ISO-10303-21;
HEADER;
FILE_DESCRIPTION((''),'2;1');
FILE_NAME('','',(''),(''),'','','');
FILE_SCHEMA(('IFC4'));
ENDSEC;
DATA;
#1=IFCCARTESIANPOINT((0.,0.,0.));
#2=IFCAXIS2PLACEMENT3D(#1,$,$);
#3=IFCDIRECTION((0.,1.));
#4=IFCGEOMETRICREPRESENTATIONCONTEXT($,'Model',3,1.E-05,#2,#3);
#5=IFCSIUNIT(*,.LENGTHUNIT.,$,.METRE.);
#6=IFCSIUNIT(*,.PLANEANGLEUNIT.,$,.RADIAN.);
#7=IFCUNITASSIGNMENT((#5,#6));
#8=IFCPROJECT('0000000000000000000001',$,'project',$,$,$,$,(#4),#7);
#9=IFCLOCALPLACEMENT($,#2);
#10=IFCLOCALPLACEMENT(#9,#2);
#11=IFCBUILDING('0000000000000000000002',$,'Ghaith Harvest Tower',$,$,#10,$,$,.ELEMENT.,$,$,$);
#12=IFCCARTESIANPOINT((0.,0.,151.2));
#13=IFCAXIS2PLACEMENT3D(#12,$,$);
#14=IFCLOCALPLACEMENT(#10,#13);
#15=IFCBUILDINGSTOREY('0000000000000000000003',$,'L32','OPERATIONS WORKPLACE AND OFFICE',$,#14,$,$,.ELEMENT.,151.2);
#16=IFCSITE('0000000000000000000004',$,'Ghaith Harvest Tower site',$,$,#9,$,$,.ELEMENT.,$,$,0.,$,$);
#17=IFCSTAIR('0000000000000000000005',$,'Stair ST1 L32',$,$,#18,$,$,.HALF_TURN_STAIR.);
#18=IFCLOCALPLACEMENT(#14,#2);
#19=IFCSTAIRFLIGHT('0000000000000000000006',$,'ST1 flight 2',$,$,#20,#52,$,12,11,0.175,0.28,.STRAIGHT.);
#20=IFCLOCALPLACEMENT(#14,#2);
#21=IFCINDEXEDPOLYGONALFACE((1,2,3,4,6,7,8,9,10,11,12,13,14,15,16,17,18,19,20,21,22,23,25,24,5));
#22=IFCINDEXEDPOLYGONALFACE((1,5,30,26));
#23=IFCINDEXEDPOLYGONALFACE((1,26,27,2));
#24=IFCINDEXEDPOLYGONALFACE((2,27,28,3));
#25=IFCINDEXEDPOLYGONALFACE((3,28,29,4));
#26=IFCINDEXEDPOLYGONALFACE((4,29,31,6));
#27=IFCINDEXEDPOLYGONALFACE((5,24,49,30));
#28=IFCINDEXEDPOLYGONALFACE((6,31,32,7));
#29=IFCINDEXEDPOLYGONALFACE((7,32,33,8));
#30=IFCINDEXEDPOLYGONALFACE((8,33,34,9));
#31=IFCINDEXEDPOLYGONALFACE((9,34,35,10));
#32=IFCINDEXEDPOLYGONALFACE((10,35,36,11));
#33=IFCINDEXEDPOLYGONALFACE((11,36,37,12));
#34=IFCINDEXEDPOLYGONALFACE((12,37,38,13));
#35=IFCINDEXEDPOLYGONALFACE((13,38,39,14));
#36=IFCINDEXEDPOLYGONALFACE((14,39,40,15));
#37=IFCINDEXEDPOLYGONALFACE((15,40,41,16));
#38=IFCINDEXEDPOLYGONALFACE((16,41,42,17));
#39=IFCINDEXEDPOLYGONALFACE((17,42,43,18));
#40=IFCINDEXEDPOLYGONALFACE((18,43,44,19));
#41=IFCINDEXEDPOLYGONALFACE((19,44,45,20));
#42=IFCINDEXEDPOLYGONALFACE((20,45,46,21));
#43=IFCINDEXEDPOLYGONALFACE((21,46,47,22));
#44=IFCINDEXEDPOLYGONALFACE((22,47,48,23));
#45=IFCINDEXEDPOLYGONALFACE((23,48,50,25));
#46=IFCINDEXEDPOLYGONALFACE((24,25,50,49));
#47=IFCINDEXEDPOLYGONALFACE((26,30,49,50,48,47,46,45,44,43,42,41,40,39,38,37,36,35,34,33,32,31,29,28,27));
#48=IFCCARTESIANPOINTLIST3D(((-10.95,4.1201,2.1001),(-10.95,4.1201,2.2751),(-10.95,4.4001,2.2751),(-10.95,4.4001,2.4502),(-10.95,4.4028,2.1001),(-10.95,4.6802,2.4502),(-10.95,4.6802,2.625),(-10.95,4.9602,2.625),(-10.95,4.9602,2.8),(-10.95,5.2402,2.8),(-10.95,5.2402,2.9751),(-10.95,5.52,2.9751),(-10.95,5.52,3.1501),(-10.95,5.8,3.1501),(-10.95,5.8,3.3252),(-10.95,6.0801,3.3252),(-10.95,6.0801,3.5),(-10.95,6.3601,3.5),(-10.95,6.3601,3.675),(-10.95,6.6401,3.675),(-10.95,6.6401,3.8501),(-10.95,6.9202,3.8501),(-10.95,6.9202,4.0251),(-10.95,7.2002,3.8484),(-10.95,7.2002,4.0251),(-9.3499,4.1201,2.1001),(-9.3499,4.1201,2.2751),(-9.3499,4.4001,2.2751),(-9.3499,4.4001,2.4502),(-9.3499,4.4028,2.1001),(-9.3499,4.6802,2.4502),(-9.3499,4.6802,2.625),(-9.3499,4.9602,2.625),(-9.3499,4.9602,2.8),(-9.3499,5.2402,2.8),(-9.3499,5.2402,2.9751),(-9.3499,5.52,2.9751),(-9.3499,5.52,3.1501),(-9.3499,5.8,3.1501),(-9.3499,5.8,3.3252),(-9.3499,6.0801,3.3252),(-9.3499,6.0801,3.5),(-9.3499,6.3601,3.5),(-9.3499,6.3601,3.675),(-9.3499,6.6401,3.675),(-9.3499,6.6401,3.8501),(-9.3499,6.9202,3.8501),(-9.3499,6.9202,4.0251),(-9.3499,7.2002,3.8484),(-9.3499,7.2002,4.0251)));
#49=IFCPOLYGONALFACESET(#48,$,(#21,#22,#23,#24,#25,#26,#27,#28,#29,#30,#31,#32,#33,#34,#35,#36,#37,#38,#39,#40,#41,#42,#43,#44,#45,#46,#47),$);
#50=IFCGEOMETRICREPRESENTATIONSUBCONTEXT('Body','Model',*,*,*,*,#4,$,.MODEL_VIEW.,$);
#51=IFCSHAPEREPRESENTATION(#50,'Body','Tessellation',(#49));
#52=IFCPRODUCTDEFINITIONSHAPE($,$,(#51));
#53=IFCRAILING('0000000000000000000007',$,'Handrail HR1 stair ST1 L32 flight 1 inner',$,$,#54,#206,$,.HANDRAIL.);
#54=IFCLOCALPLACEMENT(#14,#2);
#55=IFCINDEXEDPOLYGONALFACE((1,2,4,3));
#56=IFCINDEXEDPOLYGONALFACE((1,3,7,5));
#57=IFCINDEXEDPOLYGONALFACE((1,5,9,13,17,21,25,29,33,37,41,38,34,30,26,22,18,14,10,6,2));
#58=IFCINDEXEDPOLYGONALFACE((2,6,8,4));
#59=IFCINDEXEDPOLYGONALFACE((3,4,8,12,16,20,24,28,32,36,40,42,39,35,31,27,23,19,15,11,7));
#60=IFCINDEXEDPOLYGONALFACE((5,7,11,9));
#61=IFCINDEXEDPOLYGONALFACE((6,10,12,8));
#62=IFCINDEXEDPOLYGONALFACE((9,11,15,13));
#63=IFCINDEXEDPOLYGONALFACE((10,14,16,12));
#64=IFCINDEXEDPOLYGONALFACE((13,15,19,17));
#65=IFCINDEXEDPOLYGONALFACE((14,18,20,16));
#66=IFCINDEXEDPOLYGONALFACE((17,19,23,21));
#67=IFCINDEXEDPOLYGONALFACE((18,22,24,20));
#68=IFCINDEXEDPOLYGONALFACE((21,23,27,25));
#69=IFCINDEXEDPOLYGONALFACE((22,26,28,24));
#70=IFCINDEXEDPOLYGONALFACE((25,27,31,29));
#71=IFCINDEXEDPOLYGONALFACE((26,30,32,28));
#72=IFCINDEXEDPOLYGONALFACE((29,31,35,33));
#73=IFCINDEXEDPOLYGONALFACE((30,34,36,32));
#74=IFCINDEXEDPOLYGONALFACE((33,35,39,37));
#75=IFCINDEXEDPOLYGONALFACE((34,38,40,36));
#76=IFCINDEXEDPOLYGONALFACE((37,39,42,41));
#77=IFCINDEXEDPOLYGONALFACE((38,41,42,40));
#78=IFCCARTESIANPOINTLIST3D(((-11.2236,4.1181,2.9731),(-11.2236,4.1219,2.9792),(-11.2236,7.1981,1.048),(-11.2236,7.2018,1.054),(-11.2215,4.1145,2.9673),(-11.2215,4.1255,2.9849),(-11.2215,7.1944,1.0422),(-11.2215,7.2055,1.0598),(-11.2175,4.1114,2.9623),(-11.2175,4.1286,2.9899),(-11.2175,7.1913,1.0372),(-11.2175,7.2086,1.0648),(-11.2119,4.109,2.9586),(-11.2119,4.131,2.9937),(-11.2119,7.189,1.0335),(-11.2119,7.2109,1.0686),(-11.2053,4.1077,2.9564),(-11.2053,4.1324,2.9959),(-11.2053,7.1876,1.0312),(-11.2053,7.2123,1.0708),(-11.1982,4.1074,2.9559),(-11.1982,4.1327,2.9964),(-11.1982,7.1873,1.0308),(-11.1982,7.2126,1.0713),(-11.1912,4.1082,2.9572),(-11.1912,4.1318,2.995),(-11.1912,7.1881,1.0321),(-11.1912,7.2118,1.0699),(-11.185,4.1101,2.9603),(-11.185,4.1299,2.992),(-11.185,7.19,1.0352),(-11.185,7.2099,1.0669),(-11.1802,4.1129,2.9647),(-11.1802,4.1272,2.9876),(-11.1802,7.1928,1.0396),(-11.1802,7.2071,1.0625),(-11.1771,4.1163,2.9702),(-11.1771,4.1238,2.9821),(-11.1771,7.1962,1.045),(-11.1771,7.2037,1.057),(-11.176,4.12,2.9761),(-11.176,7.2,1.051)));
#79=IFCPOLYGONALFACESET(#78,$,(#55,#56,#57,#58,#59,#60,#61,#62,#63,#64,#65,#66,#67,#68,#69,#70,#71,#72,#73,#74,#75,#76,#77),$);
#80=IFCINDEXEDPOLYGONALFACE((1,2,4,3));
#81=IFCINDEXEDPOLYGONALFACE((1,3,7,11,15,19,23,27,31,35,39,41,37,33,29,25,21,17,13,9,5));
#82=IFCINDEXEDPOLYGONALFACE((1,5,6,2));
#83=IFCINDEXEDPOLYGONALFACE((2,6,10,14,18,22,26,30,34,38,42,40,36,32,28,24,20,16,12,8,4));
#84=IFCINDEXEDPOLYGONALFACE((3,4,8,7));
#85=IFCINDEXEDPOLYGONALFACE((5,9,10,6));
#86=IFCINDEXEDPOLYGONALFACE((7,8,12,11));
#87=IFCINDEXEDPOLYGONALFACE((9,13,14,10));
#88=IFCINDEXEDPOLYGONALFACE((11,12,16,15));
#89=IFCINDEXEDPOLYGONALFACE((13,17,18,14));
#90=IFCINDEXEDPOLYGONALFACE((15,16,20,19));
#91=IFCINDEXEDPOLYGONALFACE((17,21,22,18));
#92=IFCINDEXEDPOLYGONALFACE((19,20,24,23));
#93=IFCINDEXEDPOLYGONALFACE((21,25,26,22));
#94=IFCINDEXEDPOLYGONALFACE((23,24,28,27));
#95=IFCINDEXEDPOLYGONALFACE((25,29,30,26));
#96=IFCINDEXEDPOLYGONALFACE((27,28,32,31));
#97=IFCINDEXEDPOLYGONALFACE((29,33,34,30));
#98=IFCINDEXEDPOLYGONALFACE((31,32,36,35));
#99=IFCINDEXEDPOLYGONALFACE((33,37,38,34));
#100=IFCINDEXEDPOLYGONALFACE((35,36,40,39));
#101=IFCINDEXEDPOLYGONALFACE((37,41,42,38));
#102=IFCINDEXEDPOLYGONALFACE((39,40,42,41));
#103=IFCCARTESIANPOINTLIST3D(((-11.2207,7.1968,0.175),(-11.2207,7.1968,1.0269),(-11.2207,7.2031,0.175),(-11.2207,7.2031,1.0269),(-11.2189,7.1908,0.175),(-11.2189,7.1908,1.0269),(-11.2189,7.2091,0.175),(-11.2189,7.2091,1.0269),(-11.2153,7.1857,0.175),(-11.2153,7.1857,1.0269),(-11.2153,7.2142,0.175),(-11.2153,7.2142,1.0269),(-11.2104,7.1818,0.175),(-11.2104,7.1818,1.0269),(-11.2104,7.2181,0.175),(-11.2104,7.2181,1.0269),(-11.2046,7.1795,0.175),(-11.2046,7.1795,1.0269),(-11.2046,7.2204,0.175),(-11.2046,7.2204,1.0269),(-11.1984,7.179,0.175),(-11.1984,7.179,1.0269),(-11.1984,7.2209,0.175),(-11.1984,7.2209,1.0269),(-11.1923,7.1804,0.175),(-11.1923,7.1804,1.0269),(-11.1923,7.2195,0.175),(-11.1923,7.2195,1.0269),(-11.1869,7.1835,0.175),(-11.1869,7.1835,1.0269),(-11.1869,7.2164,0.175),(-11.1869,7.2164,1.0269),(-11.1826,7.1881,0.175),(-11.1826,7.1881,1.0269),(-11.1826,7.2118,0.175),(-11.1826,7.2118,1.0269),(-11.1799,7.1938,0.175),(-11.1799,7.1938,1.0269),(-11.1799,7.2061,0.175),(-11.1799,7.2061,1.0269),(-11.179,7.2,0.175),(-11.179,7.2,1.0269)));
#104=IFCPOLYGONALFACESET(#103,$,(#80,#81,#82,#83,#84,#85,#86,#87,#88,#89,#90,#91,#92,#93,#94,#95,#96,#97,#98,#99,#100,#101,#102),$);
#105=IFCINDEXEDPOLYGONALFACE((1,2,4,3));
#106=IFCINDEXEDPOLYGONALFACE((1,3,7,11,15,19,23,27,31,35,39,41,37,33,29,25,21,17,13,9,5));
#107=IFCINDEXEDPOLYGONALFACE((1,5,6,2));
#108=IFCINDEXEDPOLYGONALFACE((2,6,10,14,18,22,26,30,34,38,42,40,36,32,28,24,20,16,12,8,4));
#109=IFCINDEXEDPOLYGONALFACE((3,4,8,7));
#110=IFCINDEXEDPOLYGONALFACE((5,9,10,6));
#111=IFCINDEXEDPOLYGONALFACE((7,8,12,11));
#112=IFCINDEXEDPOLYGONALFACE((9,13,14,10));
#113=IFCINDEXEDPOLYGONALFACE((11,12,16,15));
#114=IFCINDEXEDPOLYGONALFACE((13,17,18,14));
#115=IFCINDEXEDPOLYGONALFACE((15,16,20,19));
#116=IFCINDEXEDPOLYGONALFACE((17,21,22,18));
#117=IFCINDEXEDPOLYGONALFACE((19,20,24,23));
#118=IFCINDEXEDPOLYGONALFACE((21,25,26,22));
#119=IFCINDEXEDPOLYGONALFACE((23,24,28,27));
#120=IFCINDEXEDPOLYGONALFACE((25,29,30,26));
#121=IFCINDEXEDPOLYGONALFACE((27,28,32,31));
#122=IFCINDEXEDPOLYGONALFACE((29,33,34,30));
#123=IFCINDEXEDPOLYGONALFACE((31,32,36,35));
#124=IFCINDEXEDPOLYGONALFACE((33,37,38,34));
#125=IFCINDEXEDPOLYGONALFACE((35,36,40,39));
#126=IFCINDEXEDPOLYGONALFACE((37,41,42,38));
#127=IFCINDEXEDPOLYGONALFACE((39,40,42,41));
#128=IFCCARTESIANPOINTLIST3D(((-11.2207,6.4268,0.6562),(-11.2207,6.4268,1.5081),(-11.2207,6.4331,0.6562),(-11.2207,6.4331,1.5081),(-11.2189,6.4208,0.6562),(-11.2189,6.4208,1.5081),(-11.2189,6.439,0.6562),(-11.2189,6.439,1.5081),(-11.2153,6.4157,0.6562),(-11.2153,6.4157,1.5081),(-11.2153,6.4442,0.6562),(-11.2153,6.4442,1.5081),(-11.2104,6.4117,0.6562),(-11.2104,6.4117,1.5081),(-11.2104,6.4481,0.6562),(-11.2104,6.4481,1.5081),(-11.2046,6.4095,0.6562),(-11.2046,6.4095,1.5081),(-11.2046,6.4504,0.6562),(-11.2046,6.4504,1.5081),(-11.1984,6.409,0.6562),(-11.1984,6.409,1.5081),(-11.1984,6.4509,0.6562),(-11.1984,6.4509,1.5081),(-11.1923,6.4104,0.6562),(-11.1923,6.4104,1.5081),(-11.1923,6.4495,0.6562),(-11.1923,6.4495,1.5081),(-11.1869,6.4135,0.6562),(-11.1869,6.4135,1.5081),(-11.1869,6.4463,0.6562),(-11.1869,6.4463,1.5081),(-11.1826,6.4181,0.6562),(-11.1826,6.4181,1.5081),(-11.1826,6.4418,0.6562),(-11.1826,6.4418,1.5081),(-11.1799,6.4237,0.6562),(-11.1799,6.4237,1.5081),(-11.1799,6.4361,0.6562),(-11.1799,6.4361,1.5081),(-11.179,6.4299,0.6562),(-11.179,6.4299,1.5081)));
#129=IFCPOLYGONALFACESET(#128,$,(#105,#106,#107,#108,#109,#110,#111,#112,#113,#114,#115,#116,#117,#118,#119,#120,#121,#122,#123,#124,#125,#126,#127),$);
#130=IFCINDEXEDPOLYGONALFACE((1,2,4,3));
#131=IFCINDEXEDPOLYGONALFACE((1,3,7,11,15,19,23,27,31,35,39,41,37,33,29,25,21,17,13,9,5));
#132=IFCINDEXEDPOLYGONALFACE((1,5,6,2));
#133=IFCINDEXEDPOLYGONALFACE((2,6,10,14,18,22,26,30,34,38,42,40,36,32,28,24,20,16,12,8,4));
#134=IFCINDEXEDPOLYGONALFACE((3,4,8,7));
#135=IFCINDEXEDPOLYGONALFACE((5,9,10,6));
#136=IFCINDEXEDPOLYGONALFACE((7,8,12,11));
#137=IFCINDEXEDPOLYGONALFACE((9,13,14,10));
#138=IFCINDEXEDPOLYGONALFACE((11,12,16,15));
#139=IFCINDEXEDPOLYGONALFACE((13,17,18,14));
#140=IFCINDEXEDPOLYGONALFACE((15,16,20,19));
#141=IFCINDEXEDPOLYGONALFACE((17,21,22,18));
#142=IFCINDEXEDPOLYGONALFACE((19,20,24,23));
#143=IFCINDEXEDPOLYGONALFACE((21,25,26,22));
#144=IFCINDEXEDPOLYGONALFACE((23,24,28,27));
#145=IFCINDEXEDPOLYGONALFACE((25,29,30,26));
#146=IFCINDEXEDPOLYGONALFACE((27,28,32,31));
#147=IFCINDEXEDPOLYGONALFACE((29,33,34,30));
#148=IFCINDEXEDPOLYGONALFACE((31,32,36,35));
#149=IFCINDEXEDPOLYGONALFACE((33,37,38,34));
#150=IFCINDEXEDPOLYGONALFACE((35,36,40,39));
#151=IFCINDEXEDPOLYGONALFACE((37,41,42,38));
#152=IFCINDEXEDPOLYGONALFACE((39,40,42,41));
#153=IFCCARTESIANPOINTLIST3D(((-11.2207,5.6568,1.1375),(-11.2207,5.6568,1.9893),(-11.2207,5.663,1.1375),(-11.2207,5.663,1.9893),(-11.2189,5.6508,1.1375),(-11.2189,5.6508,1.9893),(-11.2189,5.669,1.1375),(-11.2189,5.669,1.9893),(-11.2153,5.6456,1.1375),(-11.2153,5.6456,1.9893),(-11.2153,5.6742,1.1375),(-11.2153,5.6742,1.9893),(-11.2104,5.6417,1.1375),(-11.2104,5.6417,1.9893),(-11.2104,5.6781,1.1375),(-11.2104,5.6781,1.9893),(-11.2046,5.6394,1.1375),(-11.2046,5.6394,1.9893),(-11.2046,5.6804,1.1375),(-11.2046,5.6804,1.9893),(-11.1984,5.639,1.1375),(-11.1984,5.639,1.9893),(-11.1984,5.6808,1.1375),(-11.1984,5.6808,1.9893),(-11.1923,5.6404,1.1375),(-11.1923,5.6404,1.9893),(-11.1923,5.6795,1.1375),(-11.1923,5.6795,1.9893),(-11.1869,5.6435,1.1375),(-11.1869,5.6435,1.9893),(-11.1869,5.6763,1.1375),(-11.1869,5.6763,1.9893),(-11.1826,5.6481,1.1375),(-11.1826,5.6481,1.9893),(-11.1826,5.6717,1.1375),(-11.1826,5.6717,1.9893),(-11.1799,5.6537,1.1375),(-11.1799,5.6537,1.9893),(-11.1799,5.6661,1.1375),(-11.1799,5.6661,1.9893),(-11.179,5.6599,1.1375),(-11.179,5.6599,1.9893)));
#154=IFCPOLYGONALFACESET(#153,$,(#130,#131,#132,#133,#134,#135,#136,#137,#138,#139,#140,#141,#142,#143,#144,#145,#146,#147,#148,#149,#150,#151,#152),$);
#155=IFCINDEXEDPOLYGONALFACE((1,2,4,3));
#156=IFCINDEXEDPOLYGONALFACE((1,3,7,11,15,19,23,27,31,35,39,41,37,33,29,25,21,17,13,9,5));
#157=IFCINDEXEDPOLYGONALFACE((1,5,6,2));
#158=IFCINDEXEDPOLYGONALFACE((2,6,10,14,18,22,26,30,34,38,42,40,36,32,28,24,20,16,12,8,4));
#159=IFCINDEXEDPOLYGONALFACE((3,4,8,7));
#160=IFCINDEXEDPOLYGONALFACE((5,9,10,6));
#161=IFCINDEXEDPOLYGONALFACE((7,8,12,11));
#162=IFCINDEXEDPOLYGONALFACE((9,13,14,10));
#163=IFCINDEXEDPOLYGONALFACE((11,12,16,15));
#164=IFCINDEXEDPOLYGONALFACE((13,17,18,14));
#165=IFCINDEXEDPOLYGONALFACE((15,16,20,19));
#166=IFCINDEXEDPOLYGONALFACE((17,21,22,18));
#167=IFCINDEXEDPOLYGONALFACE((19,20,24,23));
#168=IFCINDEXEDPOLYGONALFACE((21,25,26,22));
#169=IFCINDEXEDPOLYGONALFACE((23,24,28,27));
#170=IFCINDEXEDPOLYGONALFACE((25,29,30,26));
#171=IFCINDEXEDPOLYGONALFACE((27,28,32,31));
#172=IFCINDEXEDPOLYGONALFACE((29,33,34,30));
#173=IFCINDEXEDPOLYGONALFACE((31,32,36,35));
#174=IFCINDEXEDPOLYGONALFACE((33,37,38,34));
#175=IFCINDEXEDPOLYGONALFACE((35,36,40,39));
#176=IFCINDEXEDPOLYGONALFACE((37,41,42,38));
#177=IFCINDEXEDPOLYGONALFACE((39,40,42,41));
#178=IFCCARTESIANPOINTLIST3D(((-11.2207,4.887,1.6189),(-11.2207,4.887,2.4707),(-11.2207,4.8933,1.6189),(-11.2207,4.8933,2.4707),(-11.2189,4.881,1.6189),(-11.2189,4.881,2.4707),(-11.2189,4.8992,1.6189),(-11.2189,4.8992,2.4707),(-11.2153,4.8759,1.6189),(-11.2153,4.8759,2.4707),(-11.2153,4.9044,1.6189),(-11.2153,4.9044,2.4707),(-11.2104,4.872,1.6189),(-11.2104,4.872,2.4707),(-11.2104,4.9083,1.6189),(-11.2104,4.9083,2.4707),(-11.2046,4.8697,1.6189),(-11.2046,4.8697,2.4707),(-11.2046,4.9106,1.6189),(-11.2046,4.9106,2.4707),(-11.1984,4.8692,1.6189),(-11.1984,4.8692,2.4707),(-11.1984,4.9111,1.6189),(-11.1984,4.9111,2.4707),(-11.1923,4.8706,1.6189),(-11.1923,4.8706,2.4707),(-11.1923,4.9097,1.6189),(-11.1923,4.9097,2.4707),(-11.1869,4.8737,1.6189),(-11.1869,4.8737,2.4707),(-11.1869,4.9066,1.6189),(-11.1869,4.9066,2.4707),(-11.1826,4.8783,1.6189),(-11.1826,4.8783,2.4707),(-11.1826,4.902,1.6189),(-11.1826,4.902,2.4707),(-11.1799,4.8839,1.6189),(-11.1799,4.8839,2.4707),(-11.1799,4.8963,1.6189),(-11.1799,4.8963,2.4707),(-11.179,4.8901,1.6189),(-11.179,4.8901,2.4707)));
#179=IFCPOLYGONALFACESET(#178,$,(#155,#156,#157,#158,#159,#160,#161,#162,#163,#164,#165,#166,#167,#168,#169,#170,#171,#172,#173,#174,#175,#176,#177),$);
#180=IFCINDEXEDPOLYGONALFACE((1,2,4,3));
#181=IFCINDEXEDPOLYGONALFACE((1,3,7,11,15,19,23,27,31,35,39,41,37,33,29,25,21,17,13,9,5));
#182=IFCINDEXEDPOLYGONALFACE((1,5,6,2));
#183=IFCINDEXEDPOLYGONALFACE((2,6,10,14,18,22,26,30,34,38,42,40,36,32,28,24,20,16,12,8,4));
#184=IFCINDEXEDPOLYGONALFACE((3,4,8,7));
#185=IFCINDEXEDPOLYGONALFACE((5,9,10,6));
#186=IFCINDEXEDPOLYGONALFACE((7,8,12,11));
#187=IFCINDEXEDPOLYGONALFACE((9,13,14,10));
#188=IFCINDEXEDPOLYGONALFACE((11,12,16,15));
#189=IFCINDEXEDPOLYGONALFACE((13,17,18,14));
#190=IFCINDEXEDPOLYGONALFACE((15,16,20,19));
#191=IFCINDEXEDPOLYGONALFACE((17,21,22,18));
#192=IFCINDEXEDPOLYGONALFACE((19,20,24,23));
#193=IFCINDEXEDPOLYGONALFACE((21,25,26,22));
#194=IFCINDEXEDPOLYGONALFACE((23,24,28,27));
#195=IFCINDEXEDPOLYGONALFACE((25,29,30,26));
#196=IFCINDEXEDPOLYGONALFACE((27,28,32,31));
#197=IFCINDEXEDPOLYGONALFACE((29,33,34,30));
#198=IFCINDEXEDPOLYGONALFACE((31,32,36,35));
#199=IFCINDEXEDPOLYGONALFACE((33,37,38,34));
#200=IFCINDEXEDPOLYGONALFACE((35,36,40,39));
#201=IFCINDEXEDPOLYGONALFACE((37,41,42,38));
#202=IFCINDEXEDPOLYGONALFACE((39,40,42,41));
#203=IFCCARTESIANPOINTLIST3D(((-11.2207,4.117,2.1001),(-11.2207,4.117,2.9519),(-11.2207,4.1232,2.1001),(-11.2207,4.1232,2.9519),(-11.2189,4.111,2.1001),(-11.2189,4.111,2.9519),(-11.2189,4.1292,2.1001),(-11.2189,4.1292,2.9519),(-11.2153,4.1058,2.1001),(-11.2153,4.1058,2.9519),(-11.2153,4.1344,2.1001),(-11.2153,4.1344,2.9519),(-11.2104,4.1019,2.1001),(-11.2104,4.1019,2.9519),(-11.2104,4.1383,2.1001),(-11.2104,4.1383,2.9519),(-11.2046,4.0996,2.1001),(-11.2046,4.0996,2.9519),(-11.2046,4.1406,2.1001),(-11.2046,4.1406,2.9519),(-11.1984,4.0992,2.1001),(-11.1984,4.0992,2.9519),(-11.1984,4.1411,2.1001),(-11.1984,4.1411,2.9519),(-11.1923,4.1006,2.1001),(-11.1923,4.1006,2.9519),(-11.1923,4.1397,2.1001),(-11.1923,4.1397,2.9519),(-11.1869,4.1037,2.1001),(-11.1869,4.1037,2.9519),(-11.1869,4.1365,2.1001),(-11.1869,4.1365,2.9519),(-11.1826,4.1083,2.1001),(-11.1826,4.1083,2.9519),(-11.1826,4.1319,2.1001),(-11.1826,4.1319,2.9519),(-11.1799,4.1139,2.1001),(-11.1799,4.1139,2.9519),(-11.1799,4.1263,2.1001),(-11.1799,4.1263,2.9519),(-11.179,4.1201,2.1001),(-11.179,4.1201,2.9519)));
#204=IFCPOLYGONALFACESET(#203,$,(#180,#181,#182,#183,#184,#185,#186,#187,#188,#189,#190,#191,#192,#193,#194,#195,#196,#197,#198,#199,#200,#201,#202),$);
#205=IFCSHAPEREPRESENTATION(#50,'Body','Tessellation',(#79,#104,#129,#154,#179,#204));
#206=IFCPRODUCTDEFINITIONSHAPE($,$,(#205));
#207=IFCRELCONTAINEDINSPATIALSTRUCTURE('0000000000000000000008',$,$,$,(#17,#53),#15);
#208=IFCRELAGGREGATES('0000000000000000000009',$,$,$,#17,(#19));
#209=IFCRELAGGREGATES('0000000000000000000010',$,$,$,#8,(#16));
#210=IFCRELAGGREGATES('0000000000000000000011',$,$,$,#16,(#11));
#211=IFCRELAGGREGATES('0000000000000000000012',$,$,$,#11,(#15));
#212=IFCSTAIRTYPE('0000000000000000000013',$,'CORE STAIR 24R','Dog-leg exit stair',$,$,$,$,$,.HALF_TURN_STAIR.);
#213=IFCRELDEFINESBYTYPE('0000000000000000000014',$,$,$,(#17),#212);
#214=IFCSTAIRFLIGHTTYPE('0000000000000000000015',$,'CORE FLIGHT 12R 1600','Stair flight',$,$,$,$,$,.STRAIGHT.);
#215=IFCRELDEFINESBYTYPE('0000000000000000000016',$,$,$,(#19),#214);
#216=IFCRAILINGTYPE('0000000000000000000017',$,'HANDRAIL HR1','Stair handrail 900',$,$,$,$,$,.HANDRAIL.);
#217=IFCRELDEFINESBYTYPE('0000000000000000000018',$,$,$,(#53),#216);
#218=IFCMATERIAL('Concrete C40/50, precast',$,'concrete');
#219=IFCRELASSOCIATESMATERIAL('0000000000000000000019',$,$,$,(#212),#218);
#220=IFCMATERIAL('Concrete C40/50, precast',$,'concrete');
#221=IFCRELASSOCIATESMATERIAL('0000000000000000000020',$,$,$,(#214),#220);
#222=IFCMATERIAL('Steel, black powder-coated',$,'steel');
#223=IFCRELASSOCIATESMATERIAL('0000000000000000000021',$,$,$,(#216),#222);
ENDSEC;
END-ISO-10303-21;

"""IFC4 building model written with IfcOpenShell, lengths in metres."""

from ifc_helpers import new_model, si_unit, direction, frame, origin, origin_2d, place, context, subcontext, project, spatial, polyline, circle, outline, extrude, material, type_object, element, aggregate, save


model = new_model("IFC4")

# Units and contexts
model_context = context("Model", 3, precision=1e-05, world=origin(), true_north=direction((0.0, 1.0)))
body_context = subcontext(model_context, "Body", "Model", "MODEL_VIEW")
ifc_project = project(units=[si_unit("LENGTHUNIT", "METRE"), si_unit("PLANEANGLEUNIT", "RADIAN")], contexts=[model_context])

# Site, building, storey
site_placement = place(None, origin())
site = spatial("IfcSite", under=ifc_project, at=site_placement, Name="Ghaith Harvest Tower site", CompositionType="ELEMENT", RefElevation=0.0)
building_placement = place(site_placement, origin())
building = spatial("IfcBuilding", under=site, at=building_placement, Name="Ghaith Harvest Tower", CompositionType="ELEMENT")
storey_placement = place(building_placement, frame((0.0, 0.0, 151.2)))
storey = spatial("IfcBuildingStorey", under=building, at=storey_placement, Name="L32", Description="OPERATIONS WORKPLACE AND OFFICE", CompositionType="ELEMENT", Elevation=151.2)

# Stair, stair flight
ifc_material_1 = material(Name="Concrete C40/50, precast", Category="concrete")
stair_type = type_object("IfcStairType", Name="CORE STAIR 24R", Description="Dog-leg exit stair", PredefinedType="HALF_TURN_STAIR", material=ifc_material_1)
stair_placement = place(storey_placement, origin())
stair = element("IfcStair", 1, at=stair_placement, inside=storey, type_object=stair_type, Name="Stair ST1 L32", PredefinedType="HALF_TURN_STAIR")
ifc_material_2 = material(Name="Concrete C40/50, precast", Category="concrete")
stair_flight_type = type_object("IfcStairFlightType", Name="CORE FLIGHT 12R 1600", Description="Stair flight", PredefinedType="STRAIGHT", material=ifc_material_2)
stair_flight_placement = place(storey_placement, frame((-10.1499, 4.1201, 2.1001), z_axis=(0.0, 0.0, 1.0), x_axis=(0.0, 1.0, 0.0)))
stair_flight = element("IfcStairFlight", 2, at=stair_flight_placement, type_object=stair_flight_type, Name="ST1 flight 2", NumberOfRisers=12, NumberOfTreads=11, PredefinedType="STRAIGHT", RiserHeight=0.175, TreadLength=0.28, context=body_context, shape_type="SweptSolid", body=[
    extrude(outline(polyline([(0.0, 0.0), (0.0, 0.175), (0.28, 0.175), (0.28, 0.3501), (0.5601, 0.3501), (0.5601, 0.5249), (0.8401, 0.5249), (0.8401, 0.7), (1.1201, 0.7), (1.1201, 0.875), (1.3999, 0.875), (1.3999, 1.05), (1.6799, 1.05), (1.6799, 1.2251), (1.96, 1.2251), (1.96, 1.3999), (2.24, 1.3999), (2.24, 1.575), (2.52, 1.575), (2.52, 1.75), (2.8, 1.75), (2.8, 1.925), (3.0801, 1.925), (3.0801, 2.1001), (3.0801, 1.7483), (0.2827, 0.0), (0.0, 0.0)])), frame((0.0, 0.8, 0.0), z_axis=(0.0, -1.0, 0.0), x_axis=(1.0, 0.0, 0.0)), (0.0, 0.0, 1.0), 1.6001),
])
aggregate(stair, [stair_flight])

# Railing
ifc_material_3 = material(Name="Steel, black powder-coated", Category="steel")
railing_type = type_object("IfcRailingType", Name="HANDRAIL HR1", Description="Stair handrail 900", PredefinedType="HANDRAIL", material=ifc_material_3)
railing_1_placement = place(storey_placement, frame((-11.2, 7.2, 0.175)))
element("IfcRailing", 3, at=railing_1_placement, inside=storey, type_object=railing_type, Name="Handrail HR1 stair ST1 L32 flight 1 inner", PredefinedType="HANDRAIL", context=body_context, shape_type="SweptSolid", body=[
    extrude(circle(Radius=0.0239, at=origin_2d()), frame((0.0, 0.0, 0.876), z_axis=(0.0, -0.847979, 0.530029), x_axis=(1.0, 0.0, 0.0)), (0.0, 0.0, 1.0), 3.6321),
    extrude(circle(Radius=0.021, at=origin_2d()), origin(), (0.0, 0.0, 1.0), 0.8518),
    extrude(circle(Radius=0.021, at=origin_2d()), frame((0.0, -0.77, 0.4812)), (0.0, 0.0, 1.0), 0.8518),
    extrude(circle(Radius=0.021, at=origin_2d()), frame((0.0, -1.54, 0.9624)), (0.0, 0.0, 1.0), 0.8518),
    extrude(circle(Radius=0.021, at=origin_2d()), frame((0.0, -2.3098, 1.4438)), (0.0, 0.0, 1.0), 0.8518),
    extrude(circle(Radius=0.021, at=origin_2d()), frame((0.0, -3.0798, 1.925)), (0.0, 0.0, 1.0), 0.8518),
])

save(model, "model.ifc")
